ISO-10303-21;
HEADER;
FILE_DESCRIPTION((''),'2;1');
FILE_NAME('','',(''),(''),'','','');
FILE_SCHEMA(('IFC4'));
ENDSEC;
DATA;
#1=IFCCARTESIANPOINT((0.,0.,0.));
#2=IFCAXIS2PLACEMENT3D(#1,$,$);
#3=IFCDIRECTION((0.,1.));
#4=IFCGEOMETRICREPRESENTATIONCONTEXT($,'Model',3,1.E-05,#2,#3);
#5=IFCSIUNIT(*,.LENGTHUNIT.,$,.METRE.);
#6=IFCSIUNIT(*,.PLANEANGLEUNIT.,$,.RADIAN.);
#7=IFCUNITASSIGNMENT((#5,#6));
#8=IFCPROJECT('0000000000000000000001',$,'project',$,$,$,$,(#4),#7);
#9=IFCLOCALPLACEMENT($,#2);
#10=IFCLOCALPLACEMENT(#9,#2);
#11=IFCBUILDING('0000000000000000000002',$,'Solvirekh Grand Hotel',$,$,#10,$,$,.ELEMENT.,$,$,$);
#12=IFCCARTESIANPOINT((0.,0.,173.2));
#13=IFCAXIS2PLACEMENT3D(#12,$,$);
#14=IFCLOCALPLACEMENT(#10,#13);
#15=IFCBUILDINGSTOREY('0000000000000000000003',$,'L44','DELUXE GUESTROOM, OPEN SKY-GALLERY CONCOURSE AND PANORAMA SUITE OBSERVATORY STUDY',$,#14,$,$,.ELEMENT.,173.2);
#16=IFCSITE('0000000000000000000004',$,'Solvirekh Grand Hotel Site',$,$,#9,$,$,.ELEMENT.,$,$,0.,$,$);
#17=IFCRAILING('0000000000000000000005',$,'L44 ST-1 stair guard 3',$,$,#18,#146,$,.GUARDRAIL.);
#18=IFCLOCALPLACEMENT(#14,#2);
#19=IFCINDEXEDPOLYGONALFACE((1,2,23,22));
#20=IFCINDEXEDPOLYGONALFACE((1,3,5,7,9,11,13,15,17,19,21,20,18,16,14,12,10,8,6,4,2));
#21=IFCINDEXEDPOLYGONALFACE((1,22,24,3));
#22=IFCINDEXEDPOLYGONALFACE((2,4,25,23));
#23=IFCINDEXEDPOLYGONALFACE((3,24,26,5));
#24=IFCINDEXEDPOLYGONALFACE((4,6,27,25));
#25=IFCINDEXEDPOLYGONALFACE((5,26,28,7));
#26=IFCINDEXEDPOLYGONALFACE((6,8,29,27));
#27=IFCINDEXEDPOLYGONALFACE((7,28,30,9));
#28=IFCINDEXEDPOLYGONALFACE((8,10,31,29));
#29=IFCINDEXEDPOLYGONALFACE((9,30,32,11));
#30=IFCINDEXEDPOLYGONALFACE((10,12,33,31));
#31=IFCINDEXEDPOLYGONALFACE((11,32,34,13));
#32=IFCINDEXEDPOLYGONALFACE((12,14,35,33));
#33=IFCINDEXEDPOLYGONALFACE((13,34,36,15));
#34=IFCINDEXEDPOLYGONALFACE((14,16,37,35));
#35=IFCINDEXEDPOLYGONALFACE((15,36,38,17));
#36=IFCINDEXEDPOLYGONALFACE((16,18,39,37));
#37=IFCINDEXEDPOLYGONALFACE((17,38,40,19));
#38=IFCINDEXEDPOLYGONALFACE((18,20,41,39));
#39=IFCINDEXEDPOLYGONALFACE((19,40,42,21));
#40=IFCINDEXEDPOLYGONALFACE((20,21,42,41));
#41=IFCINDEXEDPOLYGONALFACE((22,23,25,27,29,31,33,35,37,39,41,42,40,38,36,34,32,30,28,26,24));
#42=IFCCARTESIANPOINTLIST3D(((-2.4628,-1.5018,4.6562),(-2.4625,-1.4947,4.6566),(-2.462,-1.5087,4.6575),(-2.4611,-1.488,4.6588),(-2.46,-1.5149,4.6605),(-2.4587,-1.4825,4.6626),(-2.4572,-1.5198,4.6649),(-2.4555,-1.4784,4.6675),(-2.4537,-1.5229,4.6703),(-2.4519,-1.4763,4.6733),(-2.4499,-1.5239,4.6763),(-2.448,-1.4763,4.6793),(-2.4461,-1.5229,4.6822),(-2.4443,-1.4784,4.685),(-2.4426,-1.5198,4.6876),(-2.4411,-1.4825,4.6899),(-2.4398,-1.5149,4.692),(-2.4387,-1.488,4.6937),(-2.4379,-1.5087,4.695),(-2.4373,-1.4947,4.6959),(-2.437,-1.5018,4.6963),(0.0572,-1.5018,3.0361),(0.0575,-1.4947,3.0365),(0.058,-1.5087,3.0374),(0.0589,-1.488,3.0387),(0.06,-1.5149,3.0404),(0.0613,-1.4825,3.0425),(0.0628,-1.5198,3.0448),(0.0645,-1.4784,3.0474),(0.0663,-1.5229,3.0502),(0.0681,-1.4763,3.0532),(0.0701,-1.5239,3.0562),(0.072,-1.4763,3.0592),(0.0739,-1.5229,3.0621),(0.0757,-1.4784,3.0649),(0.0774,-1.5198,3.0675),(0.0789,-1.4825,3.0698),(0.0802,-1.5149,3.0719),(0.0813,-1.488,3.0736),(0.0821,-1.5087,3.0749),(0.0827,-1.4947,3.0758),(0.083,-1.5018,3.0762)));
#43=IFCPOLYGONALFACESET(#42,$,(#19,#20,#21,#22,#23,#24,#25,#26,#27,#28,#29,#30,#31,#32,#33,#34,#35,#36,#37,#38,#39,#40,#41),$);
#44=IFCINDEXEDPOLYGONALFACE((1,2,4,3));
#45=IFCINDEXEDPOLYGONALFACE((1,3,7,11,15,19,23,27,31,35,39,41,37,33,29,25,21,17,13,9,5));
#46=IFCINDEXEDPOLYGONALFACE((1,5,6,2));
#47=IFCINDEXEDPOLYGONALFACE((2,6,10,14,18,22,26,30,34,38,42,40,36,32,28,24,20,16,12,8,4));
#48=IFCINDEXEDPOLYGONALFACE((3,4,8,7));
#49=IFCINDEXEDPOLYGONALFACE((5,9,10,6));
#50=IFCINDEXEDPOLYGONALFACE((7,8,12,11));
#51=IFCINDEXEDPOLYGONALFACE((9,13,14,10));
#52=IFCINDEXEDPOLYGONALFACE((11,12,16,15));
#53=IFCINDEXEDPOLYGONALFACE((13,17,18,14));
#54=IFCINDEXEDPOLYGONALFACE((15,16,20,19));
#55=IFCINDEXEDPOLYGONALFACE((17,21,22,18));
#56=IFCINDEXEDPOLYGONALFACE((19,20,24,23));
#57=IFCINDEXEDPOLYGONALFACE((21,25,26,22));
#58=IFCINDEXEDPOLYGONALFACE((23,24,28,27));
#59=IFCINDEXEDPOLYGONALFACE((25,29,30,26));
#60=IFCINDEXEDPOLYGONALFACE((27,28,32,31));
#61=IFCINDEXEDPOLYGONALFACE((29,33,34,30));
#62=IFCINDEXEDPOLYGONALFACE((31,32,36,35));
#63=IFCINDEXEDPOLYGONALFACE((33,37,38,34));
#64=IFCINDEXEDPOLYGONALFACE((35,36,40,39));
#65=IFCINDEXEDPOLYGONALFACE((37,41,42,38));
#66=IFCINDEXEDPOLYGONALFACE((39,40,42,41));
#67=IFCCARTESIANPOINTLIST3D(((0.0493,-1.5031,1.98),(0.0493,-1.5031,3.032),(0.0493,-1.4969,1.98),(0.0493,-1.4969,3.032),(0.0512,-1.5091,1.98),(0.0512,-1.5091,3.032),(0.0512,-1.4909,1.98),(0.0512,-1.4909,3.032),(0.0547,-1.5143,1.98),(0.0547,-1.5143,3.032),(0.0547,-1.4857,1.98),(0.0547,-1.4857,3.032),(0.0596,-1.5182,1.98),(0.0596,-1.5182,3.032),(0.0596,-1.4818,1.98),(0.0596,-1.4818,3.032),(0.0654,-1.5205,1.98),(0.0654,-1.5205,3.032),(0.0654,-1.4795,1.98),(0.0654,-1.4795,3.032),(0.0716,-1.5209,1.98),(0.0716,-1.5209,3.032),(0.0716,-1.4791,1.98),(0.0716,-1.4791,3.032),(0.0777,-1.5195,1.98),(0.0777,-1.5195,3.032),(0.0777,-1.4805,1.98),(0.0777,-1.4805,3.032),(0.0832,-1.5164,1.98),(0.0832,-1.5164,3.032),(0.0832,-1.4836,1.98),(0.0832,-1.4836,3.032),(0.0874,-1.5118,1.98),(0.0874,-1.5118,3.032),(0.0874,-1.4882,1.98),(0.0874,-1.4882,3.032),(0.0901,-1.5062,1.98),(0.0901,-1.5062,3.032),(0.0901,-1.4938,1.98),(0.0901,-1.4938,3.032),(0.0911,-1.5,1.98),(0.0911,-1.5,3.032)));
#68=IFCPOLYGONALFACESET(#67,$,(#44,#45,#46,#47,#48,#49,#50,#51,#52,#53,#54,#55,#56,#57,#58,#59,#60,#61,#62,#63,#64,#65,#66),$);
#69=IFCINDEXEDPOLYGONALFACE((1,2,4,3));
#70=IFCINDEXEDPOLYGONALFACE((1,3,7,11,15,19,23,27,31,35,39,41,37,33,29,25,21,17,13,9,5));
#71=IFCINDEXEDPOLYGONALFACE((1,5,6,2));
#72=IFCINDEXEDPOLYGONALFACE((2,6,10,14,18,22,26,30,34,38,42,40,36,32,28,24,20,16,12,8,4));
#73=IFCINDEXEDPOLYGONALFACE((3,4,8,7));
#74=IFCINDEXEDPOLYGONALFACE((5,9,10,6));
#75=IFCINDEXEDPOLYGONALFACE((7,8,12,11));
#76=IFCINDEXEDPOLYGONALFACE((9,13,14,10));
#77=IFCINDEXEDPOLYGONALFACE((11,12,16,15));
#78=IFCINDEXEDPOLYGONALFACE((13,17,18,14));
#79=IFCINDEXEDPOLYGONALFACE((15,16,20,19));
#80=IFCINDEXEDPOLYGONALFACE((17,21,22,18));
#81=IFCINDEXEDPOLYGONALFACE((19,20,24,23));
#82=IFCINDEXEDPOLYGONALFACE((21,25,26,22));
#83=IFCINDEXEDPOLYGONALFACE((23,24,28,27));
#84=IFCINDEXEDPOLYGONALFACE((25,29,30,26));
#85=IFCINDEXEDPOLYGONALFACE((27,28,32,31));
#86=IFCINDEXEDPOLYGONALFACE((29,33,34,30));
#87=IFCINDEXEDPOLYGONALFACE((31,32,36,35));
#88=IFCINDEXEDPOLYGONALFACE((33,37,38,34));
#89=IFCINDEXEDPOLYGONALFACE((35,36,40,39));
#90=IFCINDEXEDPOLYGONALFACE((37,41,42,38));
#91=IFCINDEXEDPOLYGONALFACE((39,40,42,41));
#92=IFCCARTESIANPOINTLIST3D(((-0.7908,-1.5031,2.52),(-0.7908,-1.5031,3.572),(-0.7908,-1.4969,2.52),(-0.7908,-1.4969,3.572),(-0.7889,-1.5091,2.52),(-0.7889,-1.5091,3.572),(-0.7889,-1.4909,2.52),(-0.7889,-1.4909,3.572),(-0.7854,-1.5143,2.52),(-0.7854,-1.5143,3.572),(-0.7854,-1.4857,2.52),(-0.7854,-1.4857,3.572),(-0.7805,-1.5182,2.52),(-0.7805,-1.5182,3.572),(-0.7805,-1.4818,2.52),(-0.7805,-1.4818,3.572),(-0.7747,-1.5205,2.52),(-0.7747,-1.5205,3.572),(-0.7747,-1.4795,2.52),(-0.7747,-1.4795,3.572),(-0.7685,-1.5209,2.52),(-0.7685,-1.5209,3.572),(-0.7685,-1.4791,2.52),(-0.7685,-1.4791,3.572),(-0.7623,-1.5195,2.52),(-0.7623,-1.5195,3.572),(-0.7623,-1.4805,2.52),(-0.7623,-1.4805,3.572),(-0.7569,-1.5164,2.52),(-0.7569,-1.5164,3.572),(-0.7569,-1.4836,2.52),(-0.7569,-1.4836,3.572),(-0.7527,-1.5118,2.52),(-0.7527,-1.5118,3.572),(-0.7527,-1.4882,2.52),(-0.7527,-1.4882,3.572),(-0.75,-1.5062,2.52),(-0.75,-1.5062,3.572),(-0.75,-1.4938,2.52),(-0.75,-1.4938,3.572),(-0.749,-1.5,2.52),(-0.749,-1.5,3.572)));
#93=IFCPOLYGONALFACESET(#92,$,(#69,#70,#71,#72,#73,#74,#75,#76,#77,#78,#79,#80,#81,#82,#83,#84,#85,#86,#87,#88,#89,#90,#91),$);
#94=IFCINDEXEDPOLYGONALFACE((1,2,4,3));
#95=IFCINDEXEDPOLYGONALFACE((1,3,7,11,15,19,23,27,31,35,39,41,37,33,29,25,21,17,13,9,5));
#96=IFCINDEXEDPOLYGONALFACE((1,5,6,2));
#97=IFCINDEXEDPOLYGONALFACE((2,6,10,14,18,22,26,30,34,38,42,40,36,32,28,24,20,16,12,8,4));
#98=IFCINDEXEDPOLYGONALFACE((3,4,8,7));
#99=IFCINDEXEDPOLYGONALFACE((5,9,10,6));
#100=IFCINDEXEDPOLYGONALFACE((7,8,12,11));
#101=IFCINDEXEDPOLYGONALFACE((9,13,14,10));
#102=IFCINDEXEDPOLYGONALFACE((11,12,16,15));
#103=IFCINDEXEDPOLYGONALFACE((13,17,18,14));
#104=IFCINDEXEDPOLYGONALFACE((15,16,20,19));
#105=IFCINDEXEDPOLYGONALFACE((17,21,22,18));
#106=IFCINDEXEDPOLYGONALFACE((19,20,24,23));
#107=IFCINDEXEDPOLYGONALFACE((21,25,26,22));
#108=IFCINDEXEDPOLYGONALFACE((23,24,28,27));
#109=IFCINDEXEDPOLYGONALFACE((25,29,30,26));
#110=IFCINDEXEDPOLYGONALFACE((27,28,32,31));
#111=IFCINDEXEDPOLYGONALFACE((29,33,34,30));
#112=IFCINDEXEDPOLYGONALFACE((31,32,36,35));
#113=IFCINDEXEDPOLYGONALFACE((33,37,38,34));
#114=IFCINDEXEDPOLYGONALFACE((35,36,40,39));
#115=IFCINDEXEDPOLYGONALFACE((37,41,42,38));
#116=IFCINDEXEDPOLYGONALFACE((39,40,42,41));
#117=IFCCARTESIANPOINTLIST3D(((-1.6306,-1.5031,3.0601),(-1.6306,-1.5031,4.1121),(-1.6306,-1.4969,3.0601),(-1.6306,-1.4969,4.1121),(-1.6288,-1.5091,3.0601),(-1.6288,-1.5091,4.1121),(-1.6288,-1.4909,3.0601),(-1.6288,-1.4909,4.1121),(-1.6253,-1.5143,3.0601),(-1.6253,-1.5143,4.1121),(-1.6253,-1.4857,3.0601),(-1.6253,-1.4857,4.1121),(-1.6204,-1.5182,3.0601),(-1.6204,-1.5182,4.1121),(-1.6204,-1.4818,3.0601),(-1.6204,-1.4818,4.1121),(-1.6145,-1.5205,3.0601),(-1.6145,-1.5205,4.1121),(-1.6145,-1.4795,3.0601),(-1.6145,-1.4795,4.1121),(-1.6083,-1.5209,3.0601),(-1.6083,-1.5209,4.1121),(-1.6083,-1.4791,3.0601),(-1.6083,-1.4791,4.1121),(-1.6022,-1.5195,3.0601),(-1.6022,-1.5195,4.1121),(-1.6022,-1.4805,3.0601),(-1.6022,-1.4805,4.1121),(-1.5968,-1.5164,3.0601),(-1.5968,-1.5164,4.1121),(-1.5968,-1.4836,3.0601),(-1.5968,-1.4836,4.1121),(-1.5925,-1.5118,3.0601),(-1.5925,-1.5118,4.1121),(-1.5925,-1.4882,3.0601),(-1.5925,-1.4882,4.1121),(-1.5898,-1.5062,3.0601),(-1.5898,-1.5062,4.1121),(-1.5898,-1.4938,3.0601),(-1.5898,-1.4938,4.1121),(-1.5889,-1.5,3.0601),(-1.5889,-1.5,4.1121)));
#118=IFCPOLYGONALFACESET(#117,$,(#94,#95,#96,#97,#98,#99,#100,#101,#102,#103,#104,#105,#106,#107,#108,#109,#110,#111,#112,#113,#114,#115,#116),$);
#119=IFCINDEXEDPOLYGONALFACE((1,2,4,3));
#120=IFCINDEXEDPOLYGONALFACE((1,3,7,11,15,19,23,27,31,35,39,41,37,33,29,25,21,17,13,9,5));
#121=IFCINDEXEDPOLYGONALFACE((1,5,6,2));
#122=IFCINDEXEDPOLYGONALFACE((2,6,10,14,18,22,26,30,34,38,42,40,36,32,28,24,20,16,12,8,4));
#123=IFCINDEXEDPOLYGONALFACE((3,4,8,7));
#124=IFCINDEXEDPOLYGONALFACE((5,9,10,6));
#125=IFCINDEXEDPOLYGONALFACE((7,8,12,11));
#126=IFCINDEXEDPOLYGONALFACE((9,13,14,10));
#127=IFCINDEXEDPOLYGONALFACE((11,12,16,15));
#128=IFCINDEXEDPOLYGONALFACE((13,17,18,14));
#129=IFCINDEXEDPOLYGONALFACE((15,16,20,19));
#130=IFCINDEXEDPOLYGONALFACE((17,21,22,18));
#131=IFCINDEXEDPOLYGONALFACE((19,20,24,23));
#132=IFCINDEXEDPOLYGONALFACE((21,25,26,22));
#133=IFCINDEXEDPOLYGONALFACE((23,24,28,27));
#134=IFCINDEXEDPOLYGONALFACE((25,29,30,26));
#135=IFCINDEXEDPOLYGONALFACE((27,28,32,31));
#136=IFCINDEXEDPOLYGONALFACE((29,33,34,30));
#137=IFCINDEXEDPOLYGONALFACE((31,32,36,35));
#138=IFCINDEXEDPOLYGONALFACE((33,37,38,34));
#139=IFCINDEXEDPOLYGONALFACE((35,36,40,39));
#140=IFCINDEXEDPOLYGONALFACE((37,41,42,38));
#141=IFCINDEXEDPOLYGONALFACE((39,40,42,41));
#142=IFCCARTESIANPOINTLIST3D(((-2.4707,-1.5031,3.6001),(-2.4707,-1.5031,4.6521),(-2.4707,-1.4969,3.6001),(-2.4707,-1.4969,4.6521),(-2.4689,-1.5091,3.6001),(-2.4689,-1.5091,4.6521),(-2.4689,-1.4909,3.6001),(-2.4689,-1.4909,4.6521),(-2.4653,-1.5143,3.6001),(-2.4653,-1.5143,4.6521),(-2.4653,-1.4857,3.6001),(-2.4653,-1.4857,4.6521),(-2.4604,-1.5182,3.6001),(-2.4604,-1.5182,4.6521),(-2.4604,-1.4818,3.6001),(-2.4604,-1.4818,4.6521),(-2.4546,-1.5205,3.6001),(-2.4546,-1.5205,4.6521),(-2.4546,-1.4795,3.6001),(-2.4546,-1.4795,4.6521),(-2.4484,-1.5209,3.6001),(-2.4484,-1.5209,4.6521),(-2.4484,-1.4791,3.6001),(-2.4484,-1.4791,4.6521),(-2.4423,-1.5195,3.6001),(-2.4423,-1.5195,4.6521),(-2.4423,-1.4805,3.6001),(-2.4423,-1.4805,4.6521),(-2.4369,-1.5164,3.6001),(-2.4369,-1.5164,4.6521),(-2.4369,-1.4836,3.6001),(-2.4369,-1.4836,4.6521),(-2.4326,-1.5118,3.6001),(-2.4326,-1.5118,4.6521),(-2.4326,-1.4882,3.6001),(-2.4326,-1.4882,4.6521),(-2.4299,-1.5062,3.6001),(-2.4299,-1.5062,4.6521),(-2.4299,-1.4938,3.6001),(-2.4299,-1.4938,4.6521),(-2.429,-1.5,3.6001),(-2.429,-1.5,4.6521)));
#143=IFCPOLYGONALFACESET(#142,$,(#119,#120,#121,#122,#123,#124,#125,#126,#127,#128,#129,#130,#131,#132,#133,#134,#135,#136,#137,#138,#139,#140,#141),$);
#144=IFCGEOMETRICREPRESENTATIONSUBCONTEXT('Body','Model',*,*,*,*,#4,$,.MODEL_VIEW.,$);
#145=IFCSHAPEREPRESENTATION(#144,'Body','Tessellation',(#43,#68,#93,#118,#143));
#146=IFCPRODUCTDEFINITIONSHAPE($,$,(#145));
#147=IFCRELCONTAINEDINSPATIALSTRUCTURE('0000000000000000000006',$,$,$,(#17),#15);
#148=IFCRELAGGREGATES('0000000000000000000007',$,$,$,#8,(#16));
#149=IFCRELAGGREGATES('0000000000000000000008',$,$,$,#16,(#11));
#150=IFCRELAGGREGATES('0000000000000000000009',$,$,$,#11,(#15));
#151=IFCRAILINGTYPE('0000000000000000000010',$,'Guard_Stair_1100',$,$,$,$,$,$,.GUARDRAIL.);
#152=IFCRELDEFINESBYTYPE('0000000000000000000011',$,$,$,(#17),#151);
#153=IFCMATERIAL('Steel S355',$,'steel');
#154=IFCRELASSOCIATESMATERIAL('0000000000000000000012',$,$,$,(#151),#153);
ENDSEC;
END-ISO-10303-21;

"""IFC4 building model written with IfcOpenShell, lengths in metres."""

from ifc_helpers import new_model, si_unit, direction, frame, origin, origin_2d, place, context, subcontext, project, spatial, circle, extrude, material, type_object, element, save


model = new_model("IFC4")

# Units and contexts
model_context = context("Model", 3, precision=1e-05, world=origin(), true_north=direction((0.0, 1.0)))
body_context = subcontext(model_context, "Body", "Model", "MODEL_VIEW")
ifc_project = project(units=[si_unit("LENGTHUNIT", "METRE"), si_unit("PLANEANGLEUNIT", "RADIAN")], contexts=[model_context])

# Site, building, storey
site_placement = place(None, origin())
site = spatial("IfcSite", under=ifc_project, at=site_placement, Name="Solvirekh Grand Hotel Site", CompositionType="ELEMENT", RefElevation=0.0)
building_placement = place(site_placement, origin())
building = spatial("IfcBuilding", under=site, at=building_placement, Name="Solvirekh Grand Hotel", CompositionType="ELEMENT")
storey_placement = place(building_placement, frame((0.0, 0.0, 173.2)))
storey = spatial("IfcBuildingStorey", under=building, at=storey_placement, Name="L44", Description="DELUXE GUESTROOM, OPEN SKY-GALLERY CONCOURSE AND PANORAMA SUITE OBSERVATORY STUDY", CompositionType="ELEMENT", Elevation=173.2)

# Railing
ifc_material_1 = material(Name="Steel S355", Category="steel")
railing_type_1 = type_object("IfcRailingType", Name="Guard_Stair_1100", PredefinedType="GUARDRAIL", material=ifc_material_1)
railing_1_placement = place(storey_placement, frame((0.0701, -1.5, 1.98)))
element("IfcRailing", 1, at=railing_1_placement, inside=storey, type_object=railing_type_1, Name="L44 ST-1 stair guard 3", PredefinedType="GUARDRAIL", context=body_context, shape_type="SweptSolid", body=[
    extrude(circle(Radius=0.0239, at=origin_2d()), frame((0.0, 0.0, 1.0762), z_axis=(-0.841163, 0.0, 0.540782), x_axis=(0.0, -1.0, 0.0)), (0.0, 0.0, 1.0), 2.9958),
    extrude(circle(Radius=0.021, at=origin_2d()), origin(), (0.0, 0.0, 1.0), 1.052),
    extrude(circle(Radius=0.021, at=origin_2d()), frame((-0.8401, 0.0, 0.54)), (0.0, 0.0, 1.0), 1.052),
    extrude(circle(Radius=0.021, at=origin_2d()), frame((-1.6799, 0.0, 1.0801)), (0.0, 0.0, 1.0), 1.052),
    extrude(circle(Radius=0.021, at=origin_2d()), frame((-2.52, 0.0, 1.6201)), (0.0, 0.0, 1.0), 1.052),
])

save(model, "model.ifc")
